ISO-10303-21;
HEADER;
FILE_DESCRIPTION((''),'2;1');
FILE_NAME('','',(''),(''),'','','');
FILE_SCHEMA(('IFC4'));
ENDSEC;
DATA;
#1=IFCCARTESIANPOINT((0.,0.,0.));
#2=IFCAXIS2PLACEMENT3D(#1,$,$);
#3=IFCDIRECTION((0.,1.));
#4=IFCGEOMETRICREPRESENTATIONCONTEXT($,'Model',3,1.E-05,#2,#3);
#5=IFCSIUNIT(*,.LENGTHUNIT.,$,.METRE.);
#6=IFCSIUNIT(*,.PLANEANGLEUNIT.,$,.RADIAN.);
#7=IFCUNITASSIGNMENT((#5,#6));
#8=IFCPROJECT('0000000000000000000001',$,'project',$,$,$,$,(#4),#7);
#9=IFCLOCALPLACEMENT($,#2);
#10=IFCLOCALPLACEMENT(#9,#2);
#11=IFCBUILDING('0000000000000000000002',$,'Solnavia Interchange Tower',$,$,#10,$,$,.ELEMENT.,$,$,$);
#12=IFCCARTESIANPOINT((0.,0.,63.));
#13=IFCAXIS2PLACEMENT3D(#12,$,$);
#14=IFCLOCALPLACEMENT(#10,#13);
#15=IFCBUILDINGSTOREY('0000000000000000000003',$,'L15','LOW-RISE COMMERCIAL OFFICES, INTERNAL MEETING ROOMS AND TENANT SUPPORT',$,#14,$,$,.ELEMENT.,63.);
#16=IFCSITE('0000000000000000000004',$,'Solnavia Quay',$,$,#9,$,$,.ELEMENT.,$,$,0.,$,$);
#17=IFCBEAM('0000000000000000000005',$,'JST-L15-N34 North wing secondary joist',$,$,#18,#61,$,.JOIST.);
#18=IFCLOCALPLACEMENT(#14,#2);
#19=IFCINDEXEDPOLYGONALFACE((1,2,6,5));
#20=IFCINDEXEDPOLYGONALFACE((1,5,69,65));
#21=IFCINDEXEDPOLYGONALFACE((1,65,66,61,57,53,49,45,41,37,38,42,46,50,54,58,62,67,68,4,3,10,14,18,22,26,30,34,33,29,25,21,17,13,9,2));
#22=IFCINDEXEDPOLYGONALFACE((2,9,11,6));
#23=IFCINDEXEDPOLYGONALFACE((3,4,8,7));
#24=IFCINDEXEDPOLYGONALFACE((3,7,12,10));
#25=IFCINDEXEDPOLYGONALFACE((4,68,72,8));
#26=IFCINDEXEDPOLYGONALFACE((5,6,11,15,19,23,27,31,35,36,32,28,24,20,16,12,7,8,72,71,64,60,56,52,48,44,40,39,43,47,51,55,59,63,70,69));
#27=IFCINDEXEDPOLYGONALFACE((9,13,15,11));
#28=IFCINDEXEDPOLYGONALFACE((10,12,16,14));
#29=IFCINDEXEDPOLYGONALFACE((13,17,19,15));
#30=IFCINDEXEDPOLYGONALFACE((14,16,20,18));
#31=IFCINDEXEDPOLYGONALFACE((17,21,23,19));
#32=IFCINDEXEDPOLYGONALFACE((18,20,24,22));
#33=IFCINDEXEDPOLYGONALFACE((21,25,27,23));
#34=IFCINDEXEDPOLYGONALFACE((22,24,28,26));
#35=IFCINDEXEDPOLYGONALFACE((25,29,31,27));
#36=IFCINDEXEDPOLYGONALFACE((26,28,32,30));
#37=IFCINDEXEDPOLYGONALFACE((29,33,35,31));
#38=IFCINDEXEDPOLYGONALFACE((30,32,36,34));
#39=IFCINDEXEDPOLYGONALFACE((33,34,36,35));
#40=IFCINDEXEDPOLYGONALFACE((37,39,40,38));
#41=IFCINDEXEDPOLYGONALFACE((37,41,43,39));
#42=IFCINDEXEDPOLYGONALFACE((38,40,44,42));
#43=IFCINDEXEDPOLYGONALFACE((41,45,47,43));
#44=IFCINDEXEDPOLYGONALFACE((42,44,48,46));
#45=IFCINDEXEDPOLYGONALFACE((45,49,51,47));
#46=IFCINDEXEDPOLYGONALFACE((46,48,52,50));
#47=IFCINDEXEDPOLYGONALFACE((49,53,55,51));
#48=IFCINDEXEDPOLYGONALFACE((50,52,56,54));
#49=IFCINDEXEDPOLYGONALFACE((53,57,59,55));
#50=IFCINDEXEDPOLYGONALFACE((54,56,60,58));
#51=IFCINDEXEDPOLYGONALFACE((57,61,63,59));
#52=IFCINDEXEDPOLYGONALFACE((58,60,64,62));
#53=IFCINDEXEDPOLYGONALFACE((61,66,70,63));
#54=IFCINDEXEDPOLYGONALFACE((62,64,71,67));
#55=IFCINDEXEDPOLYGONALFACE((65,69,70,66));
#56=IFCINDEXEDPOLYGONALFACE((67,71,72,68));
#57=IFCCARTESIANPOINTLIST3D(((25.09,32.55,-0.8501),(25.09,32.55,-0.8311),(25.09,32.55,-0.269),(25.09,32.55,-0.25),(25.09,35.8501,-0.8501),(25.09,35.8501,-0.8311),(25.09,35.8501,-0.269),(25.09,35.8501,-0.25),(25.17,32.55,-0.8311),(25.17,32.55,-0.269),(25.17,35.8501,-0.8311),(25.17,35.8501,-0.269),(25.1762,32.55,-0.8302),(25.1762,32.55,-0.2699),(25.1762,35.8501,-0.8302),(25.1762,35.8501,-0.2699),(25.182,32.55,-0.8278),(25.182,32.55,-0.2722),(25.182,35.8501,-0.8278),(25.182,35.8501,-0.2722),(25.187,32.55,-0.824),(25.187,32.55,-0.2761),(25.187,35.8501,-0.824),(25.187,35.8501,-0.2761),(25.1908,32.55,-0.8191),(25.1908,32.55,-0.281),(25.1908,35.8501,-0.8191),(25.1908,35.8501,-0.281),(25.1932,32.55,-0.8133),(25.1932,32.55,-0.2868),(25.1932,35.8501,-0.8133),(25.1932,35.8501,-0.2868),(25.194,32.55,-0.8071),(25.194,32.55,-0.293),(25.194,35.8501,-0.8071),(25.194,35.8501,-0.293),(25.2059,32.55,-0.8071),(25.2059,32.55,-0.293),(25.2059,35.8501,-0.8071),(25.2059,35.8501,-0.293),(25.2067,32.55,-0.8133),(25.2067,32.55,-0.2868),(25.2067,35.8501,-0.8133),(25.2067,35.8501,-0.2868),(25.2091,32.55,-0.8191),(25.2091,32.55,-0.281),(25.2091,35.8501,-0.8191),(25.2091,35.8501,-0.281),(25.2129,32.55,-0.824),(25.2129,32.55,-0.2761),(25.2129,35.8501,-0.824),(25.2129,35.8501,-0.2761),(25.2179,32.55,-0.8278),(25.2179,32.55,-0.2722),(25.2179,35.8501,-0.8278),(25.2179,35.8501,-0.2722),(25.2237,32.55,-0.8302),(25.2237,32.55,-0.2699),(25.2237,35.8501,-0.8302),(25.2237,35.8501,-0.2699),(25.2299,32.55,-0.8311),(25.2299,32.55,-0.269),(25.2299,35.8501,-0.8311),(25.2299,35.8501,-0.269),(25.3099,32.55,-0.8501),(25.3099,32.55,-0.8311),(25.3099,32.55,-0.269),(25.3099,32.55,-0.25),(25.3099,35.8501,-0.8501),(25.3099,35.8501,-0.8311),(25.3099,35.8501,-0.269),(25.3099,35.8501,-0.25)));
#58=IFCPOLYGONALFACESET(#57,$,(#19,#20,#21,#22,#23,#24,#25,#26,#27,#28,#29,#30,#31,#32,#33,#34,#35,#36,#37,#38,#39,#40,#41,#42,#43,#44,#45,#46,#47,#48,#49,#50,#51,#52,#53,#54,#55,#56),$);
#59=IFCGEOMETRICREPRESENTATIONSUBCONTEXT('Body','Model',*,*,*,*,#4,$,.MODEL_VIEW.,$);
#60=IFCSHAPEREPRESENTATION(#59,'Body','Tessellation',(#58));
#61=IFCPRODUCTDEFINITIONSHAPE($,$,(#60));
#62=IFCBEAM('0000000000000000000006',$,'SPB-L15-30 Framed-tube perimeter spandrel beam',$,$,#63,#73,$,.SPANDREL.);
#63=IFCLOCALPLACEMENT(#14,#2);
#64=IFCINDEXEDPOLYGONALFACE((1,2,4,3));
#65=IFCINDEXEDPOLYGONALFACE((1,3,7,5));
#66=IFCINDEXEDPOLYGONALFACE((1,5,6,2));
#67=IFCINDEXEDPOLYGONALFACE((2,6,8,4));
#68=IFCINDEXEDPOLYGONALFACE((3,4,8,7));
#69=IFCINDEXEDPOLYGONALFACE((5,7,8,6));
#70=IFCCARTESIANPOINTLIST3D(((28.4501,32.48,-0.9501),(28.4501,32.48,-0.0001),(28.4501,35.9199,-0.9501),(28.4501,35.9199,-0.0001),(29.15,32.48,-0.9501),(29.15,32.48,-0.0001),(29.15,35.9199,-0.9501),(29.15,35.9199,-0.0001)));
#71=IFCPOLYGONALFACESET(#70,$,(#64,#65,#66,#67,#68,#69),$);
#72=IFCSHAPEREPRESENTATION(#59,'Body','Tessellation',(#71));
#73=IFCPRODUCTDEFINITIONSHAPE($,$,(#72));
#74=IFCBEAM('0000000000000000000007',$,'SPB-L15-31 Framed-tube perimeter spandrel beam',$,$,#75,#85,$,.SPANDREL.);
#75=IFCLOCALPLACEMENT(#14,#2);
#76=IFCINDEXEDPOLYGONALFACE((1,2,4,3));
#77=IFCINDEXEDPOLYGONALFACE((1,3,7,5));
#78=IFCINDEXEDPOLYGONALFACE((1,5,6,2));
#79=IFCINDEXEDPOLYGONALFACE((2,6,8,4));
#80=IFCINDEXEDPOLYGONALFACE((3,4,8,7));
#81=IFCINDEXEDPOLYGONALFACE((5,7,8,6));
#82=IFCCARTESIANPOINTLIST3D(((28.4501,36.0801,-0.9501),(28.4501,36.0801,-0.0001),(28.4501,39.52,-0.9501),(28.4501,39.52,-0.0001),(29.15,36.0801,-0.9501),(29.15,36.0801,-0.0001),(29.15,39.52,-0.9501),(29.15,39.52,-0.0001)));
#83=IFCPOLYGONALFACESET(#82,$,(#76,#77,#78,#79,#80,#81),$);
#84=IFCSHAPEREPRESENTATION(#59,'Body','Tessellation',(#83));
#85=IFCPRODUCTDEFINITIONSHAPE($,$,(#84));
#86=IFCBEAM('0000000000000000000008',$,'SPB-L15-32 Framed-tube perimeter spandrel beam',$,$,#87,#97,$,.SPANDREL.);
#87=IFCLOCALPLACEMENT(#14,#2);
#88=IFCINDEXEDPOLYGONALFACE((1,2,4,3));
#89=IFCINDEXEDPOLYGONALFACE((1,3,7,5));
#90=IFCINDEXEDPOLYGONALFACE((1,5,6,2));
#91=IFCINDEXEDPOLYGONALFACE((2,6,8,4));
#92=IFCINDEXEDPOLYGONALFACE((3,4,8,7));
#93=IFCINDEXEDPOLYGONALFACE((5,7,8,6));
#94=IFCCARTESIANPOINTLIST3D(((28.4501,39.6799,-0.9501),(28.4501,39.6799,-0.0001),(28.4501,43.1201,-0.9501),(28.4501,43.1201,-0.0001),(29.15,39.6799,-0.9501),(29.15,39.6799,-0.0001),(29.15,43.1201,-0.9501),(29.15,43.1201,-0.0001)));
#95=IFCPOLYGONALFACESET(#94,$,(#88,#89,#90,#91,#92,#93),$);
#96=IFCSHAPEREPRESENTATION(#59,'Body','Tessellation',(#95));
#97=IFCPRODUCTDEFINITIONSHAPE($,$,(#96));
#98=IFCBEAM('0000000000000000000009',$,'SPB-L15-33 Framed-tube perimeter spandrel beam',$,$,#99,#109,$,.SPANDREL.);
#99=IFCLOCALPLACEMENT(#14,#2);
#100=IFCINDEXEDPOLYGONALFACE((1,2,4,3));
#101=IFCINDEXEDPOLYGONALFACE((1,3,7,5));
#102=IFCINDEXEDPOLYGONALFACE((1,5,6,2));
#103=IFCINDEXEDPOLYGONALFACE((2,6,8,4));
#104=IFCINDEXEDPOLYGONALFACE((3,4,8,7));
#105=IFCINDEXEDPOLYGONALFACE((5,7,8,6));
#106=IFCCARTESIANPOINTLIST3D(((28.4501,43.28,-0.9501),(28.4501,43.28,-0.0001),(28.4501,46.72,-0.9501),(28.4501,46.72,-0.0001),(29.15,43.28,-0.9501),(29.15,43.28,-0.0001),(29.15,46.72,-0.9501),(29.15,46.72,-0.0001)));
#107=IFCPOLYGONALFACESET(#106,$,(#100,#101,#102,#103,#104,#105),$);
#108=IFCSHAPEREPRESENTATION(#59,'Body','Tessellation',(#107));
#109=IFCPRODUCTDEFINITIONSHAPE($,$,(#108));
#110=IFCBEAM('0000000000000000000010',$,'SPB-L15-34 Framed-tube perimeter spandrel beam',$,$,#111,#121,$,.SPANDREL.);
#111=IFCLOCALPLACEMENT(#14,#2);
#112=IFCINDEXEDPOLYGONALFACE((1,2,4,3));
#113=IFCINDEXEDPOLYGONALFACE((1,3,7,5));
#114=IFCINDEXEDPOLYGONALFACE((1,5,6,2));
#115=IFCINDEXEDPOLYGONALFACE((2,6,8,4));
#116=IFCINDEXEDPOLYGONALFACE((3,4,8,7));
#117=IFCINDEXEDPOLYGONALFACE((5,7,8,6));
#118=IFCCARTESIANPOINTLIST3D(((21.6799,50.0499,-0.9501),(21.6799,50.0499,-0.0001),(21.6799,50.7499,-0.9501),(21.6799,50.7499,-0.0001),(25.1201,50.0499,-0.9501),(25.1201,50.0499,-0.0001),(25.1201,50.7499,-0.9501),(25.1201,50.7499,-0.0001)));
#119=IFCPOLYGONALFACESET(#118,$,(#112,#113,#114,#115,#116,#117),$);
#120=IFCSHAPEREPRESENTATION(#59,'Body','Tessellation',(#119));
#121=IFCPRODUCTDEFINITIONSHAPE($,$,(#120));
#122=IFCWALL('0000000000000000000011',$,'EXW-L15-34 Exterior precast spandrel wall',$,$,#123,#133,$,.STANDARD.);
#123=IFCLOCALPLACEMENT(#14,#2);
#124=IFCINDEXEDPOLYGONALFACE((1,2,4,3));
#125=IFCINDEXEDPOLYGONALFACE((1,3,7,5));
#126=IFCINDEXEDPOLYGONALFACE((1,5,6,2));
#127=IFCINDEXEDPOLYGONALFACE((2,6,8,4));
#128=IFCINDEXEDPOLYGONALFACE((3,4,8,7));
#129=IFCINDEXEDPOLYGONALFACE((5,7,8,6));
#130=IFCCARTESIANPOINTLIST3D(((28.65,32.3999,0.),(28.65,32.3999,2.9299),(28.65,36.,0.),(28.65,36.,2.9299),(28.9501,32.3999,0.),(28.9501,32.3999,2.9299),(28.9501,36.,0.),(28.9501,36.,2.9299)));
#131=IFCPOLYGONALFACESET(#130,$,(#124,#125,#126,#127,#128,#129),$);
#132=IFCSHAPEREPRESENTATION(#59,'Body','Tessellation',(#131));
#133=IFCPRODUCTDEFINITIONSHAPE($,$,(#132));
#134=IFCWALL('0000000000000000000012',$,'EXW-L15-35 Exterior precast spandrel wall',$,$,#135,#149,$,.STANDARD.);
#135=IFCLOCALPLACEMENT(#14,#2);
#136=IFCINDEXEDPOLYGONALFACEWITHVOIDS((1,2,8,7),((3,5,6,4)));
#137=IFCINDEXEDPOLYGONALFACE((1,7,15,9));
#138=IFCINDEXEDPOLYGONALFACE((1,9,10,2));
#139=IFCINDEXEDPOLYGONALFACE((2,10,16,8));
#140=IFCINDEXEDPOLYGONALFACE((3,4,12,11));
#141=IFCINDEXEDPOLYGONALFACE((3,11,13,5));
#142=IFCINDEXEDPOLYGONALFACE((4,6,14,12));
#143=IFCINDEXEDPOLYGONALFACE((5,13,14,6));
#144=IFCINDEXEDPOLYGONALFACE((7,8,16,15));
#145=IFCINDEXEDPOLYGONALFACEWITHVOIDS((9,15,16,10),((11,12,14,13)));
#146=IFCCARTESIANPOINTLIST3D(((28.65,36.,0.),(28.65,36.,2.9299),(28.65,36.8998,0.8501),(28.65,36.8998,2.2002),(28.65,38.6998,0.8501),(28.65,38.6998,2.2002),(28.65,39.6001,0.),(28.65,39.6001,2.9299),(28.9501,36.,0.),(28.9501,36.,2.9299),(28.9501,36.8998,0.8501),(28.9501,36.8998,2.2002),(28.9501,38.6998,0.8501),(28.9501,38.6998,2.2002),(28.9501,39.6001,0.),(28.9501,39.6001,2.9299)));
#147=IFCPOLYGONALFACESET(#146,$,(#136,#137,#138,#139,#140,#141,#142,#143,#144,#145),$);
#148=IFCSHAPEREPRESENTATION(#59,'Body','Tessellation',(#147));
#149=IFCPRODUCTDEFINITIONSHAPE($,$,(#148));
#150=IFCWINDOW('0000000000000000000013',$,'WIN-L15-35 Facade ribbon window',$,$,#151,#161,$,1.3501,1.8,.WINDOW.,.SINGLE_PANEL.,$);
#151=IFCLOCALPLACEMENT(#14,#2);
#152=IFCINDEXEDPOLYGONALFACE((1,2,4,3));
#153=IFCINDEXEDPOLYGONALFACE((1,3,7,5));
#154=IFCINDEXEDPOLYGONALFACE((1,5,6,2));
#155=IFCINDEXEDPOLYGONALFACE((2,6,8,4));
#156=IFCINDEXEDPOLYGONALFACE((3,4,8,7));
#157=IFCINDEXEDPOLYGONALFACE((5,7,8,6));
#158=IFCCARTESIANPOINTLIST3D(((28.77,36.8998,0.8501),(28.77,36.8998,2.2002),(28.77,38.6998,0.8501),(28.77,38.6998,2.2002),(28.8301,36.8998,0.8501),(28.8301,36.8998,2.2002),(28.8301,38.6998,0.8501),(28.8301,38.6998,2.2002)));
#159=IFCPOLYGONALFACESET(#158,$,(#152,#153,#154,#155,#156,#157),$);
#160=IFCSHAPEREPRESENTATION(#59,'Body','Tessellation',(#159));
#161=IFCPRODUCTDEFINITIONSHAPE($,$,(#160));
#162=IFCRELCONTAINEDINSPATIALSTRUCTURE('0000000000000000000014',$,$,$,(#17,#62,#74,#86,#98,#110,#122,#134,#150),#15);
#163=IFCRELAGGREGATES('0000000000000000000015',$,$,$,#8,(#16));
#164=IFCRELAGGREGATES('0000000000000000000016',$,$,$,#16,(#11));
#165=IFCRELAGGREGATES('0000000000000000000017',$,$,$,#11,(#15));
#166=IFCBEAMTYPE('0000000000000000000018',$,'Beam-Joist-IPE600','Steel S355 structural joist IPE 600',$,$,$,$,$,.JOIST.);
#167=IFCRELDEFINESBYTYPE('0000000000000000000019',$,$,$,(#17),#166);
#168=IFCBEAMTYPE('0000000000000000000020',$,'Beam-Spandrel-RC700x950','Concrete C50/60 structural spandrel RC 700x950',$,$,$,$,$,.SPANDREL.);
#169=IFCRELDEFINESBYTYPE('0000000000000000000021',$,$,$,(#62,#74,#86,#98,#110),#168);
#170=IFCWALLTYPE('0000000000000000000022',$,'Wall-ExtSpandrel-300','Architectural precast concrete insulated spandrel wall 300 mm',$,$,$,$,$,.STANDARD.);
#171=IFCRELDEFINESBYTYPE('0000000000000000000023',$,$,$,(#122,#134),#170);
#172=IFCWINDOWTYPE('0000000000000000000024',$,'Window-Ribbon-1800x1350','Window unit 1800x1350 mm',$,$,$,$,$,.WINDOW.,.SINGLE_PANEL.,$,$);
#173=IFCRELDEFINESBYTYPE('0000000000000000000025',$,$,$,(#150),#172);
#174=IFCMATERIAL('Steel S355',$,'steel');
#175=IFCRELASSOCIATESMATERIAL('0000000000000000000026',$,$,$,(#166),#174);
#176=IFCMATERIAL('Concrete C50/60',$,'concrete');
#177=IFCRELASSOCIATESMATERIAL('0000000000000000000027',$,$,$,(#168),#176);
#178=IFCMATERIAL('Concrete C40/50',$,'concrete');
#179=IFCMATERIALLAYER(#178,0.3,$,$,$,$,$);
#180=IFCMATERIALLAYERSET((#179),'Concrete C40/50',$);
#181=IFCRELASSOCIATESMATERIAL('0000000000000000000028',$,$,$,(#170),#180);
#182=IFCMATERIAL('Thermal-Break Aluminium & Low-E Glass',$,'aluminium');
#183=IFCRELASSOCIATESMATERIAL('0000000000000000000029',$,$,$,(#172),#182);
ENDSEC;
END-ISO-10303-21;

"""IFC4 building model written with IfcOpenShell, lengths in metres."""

from ifc_helpers import new_model, si_unit, direction, frame, frame_2d, origin, origin_2d, place, context, subcontext, project, spatial, rectangle, i_section, extrude, material, layer, layer_set, material_profile, profile_set, type_object, element, fill, save


model = new_model("IFC4")

# Units and contexts
model_context = context("Model", 3, precision=1e-05, world=origin(), true_north=direction((0.0, 1.0)))
body_context = subcontext(model_context, "Body", "Model", "MODEL_VIEW")
ifc_project = project(units=[si_unit("LENGTHUNIT", "METRE"), si_unit("PLANEANGLEUNIT", "RADIAN")], contexts=[model_context])

# Site, building, storey
site_placement = place(None, origin())
site = spatial("IfcSite", under=ifc_project, at=site_placement, Name="Solnavia Quay", CompositionType="ELEMENT", RefElevation=0.0)
building_placement = place(site_placement, origin())
building = spatial("IfcBuilding", under=site, at=building_placement, Name="Solnavia Interchange Tower", CompositionType="ELEMENT")
storey_placement = place(building_placement, frame((0.0, 0.0, 63.0)))
storey = spatial("IfcBuildingStorey", under=building, at=storey_placement, Name="L15", Description="LOW-RISE COMMERCIAL OFFICES, INTERNAL MEETING ROOMS AND TENANT SUPPORT", CompositionType="ELEMENT", Elevation=63.0)

# Beams
ifc_material_1 = material(Name="Steel S355", Category="steel")
ifc_material_profile_1 = material_profile(ifc_material_1, i_section(OverallWidth=0.22, OverallDepth=0.6001, WebThickness=0.012, FlangeThickness=0.019, FilletRadius=0.0239, at=origin_2d()), Name="IPE 600")
ifc_profile_set_1 = profile_set([ifc_material_profile_1], Name="Steel S355")
beam_type_1 = type_object("IfcBeamType", Name="Beam-Joist-IPE600", Description="Steel S355 structural joist IPE 600", PredefinedType="JOIST", material=ifc_profile_set_1)
beam_1_placement = place(storey_placement, frame((25.2, 32.55, -0.55), z_axis=(0.0, 1.0, 0.0), x_axis=(-1.0, 0.0, 0.0)))
element("IfcBeam", 1, at=beam_1_placement, inside=storey, type_object=beam_type_1, Name="JST-L15-N34 North wing secondary joist", PredefinedType="JOIST", context=body_context, shape_type="SweptSolid", body=[
    extrude(i_section(OverallWidth=0.22, OverallDepth=0.6001, WebThickness=0.012, FlangeThickness=0.019, FilletRadius=0.0239, at=origin_2d()), origin(), (0.0, 0.0, 1.0), 3.3),
])
ifc_material_2 = material(Name="Concrete C50/60", Category="concrete")
ifc_material_profile_2 = material_profile(ifc_material_2, rectangle(XDim=0.7, YDim=0.95, at=origin_2d()), Name="RC 700x950")
ifc_profile_set_2 = profile_set([ifc_material_profile_2], Name="Concrete C50/60")
beam_type_2 = type_object("IfcBeamType", Name="Beam-Spandrel-RC700x950", Description="Concrete C50/60 structural spandrel RC 700x950", PredefinedType="SPANDREL", material=ifc_profile_set_2)
for number, where, z_axis, x_axis, name in (
    (2, (28.8, 32.48, -0.4751), (0.0, 1.0, 0.0), (-1.0, 0.0, 0.0), "SPB-L15-30 Framed-tube perimeter spandrel beam"),
    (3, (28.8, 36.0801, -0.4751), (0.0, 1.0, 0.0), (-1.0, 0.0, 0.0), "SPB-L15-31 Framed-tube perimeter spandrel beam"),
):
    element("IfcBeam", number, at=place(storey_placement, frame(where, z_axis=z_axis, x_axis=x_axis)), inside=storey, type_object=beam_type_2, Name=name, PredefinedType="SPANDREL", context=body_context, shape_type="SweptSolid", body=[
        extrude(rectangle(XDim=0.7, YDim=0.95, at=origin_2d()), origin(), (0.0, 0.0, 1.0), 3.4399),
    ])
beam_2_placement = place(storey_placement, frame((28.8, 39.6799, -0.4751), z_axis=(0.0, 1.0, 0.0), x_axis=(-1.0, 0.0, 0.0)))
element("IfcBeam", 4, at=beam_2_placement, inside=storey, type_object=beam_type_2, Name="SPB-L15-32 Framed-tube perimeter spandrel beam", PredefinedType="SPANDREL", context=body_context, shape_type="SweptSolid", body=[
    extrude(rectangle(XDim=0.7, YDim=0.95, at=origin_2d()), origin(), (0.0, 0.0, 1.0), 3.4402),
])
beam_3_placement = place(storey_placement, frame((28.8, 43.28, -0.4751), z_axis=(0.0, 1.0, 0.0), x_axis=(-1.0, 0.0, 0.0)))
element("IfcBeam", 5, at=beam_3_placement, inside=storey, type_object=beam_type_2, Name="SPB-L15-33 Framed-tube perimeter spandrel beam", PredefinedType="SPANDREL", context=body_context, shape_type="SweptSolid", body=[
    extrude(rectangle(XDim=0.7, YDim=0.95, at=origin_2d()), origin(), (0.0, 0.0, 1.0), 3.4399),
])
beam_4_placement = place(storey_placement, frame((25.1201, 50.3999, -0.4751), z_axis=(-1.0, 0.0, 0.0), x_axis=(0.0, -1.0, 0.0)))
element("IfcBeam", 6, at=beam_4_placement, inside=storey, type_object=beam_type_2, Name="SPB-L15-34 Framed-tube perimeter spandrel beam", PredefinedType="SPANDREL", context=body_context, shape_type="SweptSolid", body=[
    extrude(rectangle(XDim=0.7, YDim=0.95, at=origin_2d()), origin(), (0.0, 0.0, 1.0), 3.4402),
])

# Wall
ifc_material_3 = material(Name="Concrete C40/50", Category="concrete")
ifc_layer_1 = layer(ifc_material_3, 0.3)
ifc_layer_set_1 = layer_set([ifc_layer_1], Name="Concrete C40/50")
wall_type = type_object("IfcWallType", Name="Wall-ExtSpandrel-300", Description="Architectural precast concrete insulated spandrel wall 300 mm", PredefinedType="STANDARD", material=ifc_layer_set_1)
wall_1_placement = place(storey_placement, frame((28.8, 32.3999, 0.0), z_axis=(0.0, 0.0, 1.0), x_axis=(0.0, 1.0, 0.0)))
element("IfcWall", 7, at=wall_1_placement, inside=storey, type_object=wall_type, Name="EXW-L15-34 Exterior precast spandrel wall", PredefinedType="STANDARD", context=body_context, shape_type="SweptSolid", body=[
    extrude(rectangle(XDim=3.6001, YDim=0.3, at=frame_2d((1.8, 0.0))), origin(), (0.0, 0.0, 1.0), 2.9299),
])

# Wall, opening, window
wall_2_placement = place(storey_placement, frame((28.8, 36.0, 0.0), z_axis=(0.0, 0.0, 1.0), x_axis=(0.0, 1.0, 0.0)))
wall_2 = element("IfcWall", 8, at=wall_2_placement, inside=storey, type_object=wall_type, Name="EXW-L15-35 Exterior precast spandrel wall", PredefinedType="STANDARD", context=body_context, shape_type="SweptSolid", body=[
    extrude(rectangle(XDim=3.6001, YDim=0.3, at=frame_2d((1.8, 0.0))), origin(), (0.0, 0.0, 1.0), 2.9299),
])
opening_1_placement = place(wall_2_placement, frame((0.8999, 0.0, 0.8501)))
opening_1 = element("IfcOpeningElement", 9, at=opening_1_placement, cuts=wall_2, PredefinedType="OPENING", context=body_context, shape_type="SweptSolid", body=[
    extrude(rectangle(XDim=1.8, YDim=1.3501, at=frame_2d((0.8999, 0.675))), frame((0.0, 0.1602, 0.0), z_axis=(0.0, -1.0, 0.0), x_axis=(1.0, 0.0, 0.0)), (0.0, 0.0, 1.0), 0.3201),
])
ifc_material_4 = material(Name="Thermal-Break Aluminium & Low-E Glass", Category="aluminium")
window_type = type_object("IfcWindowType", Name="Window-Ribbon-1800x1350", Description="Window unit 1800x1350 mm", PartitioningType="SINGLE_PANEL", PredefinedType="WINDOW", material=ifc_material_4)
window_1_placement = place(opening_1_placement, origin())
window_1 = element("IfcWindow", 10, at=window_1_placement, inside=storey, type_object=window_type, Name="WIN-L15-35 Facade ribbon window", OverallHeight=1.3501, OverallWidth=1.8, PartitioningType="SINGLE_PANEL", PredefinedType="WINDOW", context=body_context, shape_type="SweptSolid", body=[
    extrude(rectangle(XDim=1.8, YDim=1.3501, at=frame_2d((0.8999, 0.675))), frame((0.0, 0.03, 0.0), z_axis=(0.0, -1.0, 0.0), x_axis=(1.0, 0.0, 0.0)), (0.0, 0.0, 1.0), 0.0601),
])
fill(opening_1, window_1)

save(model, "model.ifc")
